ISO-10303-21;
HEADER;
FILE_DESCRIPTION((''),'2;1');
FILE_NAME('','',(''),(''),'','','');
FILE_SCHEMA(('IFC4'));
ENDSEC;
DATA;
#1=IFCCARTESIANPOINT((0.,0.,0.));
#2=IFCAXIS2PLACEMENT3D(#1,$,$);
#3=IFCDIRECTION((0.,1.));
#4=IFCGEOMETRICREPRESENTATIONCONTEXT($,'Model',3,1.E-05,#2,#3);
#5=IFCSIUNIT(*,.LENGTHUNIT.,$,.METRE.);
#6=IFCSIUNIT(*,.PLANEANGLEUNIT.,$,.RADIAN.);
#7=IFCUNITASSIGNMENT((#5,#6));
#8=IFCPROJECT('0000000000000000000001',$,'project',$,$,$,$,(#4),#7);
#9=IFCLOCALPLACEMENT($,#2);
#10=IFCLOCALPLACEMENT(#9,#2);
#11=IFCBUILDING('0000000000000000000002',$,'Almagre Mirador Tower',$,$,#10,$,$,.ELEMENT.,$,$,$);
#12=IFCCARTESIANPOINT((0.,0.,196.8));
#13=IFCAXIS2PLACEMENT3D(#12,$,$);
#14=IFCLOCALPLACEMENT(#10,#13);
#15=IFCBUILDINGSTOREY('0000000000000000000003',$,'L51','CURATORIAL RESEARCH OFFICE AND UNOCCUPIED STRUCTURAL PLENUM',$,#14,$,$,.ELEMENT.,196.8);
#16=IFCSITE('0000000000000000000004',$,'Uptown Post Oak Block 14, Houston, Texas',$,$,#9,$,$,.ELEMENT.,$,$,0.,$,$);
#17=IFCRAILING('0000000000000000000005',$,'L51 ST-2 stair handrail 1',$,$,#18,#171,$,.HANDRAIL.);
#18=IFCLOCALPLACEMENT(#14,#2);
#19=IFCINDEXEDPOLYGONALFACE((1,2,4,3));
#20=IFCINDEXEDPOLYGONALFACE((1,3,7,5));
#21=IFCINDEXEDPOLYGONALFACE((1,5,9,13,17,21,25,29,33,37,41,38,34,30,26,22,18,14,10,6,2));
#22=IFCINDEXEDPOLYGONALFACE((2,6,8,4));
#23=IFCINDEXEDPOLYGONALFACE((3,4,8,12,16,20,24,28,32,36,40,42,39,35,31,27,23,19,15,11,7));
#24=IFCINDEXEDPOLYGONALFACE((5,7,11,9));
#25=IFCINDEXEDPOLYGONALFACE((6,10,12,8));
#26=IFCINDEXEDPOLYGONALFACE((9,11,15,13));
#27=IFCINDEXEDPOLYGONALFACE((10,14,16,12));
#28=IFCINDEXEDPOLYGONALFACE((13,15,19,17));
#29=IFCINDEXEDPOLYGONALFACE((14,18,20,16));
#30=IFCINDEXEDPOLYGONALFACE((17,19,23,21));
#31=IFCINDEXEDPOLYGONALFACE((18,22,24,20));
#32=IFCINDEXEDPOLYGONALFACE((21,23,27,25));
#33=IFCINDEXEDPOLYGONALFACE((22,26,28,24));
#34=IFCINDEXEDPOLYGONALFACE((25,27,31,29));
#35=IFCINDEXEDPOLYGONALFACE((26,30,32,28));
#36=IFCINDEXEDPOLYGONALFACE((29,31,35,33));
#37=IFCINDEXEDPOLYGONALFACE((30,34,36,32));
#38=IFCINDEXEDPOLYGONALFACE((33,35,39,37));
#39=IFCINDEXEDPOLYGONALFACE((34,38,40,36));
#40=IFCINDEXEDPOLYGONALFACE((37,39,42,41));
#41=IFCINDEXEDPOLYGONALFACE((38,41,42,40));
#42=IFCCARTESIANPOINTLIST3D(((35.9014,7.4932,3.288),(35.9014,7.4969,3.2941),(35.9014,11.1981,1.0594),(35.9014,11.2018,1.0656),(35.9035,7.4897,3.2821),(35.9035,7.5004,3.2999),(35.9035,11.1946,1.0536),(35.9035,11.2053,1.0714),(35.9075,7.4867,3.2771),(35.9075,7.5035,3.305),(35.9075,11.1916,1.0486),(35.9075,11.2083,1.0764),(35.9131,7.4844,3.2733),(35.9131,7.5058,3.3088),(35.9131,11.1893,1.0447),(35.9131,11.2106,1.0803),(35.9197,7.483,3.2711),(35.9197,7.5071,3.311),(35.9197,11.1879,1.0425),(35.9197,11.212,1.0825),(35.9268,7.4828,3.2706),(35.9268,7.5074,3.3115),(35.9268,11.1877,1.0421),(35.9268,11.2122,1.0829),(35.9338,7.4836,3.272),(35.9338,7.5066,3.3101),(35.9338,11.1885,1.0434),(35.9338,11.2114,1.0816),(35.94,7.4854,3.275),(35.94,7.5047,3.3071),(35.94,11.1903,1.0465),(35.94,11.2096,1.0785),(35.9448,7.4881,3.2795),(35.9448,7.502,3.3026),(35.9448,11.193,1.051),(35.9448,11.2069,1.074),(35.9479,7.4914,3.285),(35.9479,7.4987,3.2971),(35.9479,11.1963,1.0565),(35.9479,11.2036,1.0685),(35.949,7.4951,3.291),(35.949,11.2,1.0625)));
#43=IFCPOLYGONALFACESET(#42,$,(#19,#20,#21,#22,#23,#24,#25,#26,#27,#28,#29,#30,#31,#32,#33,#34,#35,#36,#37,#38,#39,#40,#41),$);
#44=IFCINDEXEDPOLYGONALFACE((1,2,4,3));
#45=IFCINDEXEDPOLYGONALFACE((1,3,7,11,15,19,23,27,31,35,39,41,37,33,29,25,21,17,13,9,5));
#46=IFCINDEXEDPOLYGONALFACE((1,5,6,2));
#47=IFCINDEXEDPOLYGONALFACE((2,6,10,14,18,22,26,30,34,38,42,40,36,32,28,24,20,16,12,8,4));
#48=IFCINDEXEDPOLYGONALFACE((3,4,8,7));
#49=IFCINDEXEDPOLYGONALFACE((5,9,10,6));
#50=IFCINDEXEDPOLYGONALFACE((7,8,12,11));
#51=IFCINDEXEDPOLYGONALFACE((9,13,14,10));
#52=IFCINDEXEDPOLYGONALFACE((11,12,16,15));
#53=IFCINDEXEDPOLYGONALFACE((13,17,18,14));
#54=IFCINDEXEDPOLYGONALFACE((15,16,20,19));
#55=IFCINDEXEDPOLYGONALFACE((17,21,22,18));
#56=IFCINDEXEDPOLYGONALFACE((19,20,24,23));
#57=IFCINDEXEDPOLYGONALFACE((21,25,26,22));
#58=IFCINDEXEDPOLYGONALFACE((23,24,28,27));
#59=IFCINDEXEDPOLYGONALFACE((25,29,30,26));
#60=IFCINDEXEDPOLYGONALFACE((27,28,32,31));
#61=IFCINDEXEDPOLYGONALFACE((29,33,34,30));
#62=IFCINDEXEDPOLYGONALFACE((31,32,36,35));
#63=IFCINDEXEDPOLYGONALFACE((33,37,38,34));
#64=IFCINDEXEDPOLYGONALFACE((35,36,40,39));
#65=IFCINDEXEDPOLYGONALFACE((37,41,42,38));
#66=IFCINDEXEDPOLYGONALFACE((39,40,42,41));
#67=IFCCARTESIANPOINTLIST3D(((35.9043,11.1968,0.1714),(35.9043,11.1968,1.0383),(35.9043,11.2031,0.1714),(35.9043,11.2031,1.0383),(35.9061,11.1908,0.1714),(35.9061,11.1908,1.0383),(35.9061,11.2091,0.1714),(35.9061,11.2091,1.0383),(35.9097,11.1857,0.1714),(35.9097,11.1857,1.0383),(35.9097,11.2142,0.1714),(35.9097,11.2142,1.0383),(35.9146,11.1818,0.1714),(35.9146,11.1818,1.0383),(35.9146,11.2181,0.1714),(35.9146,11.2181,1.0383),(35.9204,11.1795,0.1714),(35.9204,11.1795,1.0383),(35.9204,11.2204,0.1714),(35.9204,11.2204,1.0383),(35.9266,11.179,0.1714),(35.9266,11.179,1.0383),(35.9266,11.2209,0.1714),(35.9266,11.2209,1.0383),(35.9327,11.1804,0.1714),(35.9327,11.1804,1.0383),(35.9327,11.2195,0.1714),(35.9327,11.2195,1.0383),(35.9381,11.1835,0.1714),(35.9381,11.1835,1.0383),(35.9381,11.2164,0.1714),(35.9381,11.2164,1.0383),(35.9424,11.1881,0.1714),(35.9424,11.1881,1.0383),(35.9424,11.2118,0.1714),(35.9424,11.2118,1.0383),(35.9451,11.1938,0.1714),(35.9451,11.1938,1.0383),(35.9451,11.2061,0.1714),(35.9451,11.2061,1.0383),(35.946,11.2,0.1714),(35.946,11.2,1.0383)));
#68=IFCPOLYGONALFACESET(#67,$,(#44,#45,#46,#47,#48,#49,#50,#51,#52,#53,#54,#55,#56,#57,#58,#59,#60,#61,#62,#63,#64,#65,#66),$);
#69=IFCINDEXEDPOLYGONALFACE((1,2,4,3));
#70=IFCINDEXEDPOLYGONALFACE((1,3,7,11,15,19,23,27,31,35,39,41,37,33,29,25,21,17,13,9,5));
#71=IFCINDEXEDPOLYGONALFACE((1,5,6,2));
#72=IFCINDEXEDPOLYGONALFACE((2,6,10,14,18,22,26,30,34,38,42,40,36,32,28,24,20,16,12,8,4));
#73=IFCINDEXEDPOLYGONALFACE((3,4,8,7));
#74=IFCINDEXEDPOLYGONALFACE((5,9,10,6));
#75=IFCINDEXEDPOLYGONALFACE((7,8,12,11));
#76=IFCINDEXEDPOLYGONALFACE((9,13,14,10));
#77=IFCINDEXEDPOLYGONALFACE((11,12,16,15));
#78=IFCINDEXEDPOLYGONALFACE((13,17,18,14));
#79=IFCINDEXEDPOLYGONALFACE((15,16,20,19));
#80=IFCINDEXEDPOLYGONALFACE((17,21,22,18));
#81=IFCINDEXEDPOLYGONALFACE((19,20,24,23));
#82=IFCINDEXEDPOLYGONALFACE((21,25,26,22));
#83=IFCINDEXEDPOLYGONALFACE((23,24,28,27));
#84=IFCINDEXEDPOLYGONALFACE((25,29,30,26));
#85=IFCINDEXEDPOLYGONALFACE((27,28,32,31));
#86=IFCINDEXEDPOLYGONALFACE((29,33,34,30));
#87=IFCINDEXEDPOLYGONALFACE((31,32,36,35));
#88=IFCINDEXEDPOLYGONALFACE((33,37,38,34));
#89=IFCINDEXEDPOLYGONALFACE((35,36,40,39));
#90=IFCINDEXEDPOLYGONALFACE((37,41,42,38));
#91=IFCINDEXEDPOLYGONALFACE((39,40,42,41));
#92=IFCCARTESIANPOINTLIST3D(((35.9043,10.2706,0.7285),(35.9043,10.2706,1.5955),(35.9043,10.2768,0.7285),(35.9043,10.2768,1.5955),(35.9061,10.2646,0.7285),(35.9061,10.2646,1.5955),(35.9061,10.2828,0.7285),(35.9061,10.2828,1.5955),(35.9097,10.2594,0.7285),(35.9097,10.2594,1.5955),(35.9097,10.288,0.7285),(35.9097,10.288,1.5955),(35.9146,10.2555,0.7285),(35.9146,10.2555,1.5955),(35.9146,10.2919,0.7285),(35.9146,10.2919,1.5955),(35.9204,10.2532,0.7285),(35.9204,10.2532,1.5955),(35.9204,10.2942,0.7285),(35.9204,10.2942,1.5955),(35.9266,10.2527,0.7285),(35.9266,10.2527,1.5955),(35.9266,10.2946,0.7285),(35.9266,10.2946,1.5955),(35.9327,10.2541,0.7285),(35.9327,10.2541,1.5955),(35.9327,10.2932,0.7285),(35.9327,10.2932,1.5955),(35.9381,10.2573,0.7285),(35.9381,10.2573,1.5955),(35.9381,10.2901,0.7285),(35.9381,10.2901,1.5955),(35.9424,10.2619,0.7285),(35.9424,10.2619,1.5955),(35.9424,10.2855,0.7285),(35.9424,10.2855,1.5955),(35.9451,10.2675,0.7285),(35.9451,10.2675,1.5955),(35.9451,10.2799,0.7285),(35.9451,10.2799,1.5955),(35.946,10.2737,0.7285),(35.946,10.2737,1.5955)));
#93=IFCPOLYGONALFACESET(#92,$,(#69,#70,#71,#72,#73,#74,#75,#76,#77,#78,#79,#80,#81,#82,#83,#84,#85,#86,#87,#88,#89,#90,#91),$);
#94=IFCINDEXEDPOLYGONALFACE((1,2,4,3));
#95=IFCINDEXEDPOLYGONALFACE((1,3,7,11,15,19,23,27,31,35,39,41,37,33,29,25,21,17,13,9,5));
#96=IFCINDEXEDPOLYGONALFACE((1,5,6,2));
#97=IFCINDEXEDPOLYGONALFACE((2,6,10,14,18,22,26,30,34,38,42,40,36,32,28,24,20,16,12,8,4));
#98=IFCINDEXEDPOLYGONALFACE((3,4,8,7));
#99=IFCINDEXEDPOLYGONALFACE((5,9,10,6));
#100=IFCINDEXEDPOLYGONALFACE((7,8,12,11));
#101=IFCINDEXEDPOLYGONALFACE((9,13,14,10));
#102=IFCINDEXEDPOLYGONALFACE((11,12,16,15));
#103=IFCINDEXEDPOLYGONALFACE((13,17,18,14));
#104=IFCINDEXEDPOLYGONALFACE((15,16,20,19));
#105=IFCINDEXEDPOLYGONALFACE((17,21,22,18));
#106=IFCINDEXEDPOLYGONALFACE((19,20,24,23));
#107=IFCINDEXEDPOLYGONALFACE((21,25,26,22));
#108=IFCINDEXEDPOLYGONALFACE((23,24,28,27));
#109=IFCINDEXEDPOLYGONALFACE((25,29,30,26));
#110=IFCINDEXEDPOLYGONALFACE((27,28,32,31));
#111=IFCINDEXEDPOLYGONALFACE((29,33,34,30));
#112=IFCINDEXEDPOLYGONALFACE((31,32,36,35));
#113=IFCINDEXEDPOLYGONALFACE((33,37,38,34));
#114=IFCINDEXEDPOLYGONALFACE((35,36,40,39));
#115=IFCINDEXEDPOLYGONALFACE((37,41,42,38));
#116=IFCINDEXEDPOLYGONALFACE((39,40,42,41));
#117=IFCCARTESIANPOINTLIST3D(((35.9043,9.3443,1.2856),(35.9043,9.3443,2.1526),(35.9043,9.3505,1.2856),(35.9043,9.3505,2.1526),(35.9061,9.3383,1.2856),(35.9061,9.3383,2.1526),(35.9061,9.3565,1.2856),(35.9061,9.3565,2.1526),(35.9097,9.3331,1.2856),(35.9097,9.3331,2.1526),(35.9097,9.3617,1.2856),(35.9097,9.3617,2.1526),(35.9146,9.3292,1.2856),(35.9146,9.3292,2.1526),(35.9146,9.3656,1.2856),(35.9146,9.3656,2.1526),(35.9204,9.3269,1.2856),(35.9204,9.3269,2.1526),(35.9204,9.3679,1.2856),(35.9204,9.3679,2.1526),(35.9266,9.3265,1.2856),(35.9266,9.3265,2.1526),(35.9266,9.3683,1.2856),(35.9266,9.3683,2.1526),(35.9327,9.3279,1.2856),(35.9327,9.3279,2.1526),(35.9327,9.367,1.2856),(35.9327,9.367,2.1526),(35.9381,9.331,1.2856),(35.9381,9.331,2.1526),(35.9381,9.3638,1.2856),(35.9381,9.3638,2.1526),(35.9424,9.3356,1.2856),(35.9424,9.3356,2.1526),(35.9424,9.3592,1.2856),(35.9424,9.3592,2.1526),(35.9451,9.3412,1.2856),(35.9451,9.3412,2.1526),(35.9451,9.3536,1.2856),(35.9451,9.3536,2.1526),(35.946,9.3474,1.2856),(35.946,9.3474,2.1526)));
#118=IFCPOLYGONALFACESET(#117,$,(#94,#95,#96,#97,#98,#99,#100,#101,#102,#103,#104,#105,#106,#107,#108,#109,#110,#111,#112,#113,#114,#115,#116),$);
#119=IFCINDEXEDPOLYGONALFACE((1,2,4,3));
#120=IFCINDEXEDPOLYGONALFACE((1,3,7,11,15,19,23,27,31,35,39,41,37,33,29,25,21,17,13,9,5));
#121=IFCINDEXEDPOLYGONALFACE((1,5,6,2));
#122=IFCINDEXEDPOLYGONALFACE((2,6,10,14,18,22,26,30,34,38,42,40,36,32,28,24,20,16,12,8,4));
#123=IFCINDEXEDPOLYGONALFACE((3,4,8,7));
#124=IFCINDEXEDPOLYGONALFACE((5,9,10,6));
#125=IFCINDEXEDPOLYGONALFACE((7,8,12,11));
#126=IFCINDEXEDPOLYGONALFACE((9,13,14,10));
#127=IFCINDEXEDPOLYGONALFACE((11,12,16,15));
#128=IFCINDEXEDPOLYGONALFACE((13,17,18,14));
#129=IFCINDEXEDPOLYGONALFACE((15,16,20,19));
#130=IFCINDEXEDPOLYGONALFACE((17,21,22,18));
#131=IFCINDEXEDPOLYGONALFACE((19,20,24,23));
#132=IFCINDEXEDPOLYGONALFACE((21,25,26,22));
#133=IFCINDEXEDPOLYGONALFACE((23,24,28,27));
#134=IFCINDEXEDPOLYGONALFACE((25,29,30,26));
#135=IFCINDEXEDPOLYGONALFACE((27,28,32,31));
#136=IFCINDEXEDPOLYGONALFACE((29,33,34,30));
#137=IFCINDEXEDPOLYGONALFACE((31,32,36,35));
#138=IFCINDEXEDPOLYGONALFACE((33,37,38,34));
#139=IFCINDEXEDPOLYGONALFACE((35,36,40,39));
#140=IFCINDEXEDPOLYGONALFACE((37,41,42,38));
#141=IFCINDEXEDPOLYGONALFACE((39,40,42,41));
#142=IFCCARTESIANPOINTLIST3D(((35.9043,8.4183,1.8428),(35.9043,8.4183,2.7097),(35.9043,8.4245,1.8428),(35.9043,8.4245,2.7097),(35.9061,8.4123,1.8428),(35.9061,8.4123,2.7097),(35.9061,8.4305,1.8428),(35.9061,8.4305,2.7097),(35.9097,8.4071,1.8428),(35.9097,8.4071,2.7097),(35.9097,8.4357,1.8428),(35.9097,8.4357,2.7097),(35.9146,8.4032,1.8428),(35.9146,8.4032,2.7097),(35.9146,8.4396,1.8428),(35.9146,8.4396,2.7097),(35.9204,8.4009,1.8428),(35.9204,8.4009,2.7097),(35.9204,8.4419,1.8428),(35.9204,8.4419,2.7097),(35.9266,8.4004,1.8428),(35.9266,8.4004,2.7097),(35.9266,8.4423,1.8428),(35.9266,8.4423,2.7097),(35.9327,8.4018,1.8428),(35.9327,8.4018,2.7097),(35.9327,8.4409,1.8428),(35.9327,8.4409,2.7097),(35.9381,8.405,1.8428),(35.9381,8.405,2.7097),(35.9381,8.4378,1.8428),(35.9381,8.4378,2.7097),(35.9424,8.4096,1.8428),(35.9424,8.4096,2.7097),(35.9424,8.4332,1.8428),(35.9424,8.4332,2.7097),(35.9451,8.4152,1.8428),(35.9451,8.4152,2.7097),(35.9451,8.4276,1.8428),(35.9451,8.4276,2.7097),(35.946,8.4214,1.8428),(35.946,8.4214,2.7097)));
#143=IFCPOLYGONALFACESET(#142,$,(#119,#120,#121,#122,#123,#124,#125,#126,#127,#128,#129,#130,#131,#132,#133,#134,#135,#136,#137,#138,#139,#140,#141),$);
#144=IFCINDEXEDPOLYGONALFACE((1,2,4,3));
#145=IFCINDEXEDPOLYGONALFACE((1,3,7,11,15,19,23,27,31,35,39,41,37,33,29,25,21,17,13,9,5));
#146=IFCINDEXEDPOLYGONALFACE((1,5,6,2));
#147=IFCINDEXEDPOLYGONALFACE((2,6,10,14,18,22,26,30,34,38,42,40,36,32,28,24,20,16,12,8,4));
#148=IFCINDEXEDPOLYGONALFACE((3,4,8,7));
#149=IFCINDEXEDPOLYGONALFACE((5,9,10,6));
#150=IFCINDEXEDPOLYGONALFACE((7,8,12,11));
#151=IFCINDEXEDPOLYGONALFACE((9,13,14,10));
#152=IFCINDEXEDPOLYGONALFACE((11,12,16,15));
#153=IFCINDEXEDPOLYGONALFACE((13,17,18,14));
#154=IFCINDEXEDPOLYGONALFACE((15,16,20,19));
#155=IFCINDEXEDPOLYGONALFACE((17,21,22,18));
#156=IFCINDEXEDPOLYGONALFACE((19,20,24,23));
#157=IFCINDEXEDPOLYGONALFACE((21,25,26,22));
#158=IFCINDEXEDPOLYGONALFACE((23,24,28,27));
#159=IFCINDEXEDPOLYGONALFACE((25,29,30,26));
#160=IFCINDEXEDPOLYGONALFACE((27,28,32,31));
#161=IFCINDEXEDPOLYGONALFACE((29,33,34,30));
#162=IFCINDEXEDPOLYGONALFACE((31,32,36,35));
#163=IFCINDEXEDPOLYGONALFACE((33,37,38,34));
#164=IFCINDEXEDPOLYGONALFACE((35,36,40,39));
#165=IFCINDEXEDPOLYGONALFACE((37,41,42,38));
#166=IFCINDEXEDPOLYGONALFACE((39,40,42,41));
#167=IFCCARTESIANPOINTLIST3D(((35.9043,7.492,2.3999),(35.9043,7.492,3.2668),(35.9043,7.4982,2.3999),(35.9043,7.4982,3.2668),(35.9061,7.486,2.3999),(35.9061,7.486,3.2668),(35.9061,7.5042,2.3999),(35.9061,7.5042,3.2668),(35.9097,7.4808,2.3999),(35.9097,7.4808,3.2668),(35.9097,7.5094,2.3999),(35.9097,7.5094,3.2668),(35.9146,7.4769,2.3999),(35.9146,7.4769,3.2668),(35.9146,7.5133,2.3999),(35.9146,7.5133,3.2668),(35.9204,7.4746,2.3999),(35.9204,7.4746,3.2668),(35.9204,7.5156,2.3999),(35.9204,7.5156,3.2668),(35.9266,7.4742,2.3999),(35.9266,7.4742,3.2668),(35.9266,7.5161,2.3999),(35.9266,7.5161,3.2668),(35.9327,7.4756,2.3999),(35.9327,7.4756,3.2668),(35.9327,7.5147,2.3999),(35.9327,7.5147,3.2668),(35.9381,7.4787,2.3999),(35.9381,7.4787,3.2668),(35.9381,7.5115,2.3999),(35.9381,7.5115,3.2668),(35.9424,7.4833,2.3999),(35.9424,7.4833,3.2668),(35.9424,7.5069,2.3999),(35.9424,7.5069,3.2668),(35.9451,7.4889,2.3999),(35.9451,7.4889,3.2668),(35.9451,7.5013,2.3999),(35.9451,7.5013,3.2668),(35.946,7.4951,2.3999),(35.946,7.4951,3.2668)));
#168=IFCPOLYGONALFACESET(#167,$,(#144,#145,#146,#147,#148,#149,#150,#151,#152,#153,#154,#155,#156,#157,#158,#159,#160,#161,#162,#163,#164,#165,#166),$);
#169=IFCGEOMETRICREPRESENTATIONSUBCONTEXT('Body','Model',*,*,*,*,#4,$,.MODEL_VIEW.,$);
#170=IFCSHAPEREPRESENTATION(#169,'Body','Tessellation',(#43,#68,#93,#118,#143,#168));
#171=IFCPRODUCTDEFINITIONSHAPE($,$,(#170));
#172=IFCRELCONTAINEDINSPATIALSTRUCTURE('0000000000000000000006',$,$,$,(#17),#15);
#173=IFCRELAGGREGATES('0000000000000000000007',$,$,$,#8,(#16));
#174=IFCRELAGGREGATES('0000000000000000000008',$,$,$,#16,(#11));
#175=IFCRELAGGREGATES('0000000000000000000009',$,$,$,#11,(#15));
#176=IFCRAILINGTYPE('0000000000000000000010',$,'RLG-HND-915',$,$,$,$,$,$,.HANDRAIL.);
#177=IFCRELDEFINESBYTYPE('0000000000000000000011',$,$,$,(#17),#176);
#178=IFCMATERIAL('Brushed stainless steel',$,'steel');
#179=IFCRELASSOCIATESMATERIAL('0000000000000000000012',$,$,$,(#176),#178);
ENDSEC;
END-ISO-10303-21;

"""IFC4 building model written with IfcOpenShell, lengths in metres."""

from ifc_helpers import new_model, si_unit, direction, frame, origin, origin_2d, place, context, subcontext, project, spatial, circle, extrude, material, type_object, element, save


model = new_model("IFC4")

# Units and contexts
model_context = context("Model", 3, precision=1e-05, world=origin(), true_north=direction((0.0, 1.0)))
body_context = subcontext(model_context, "Body", "Model", "MODEL_VIEW")
ifc_project = project(units=[si_unit("LENGTHUNIT", "METRE"), si_unit("PLANEANGLEUNIT", "RADIAN")], contexts=[model_context])

# Site, building, storey
site_placement = place(None, origin())
site = spatial("IfcSite", under=ifc_project, at=site_placement, Name="Uptown Post Oak Block 14, Houston, Texas", CompositionType="ELEMENT", RefElevation=0.0)
building_placement = place(site_placement, origin())
building = spatial("IfcBuilding", under=site, at=building_placement, Name="Almagre Mirador Tower", CompositionType="ELEMENT")
storey_placement = place(building_placement, frame((0.0, 0.0, 196.8)))
storey = spatial("IfcBuildingStorey", under=building, at=storey_placement, Name="L51", Description="CURATORIAL RESEARCH OFFICE AND UNOCCUPIED STRUCTURAL PLENUM", CompositionType="ELEMENT", Elevation=196.8)

# Railing
ifc_material_1 = material(Name="Brushed stainless steel", Category="steel")
railing_type_1 = type_object("IfcRailingType", Name="RLG-HND-915", PredefinedType="HANDRAIL", material=ifc_material_1)
for number, where, name in (
    (1, (35.925, 11.2, 0.1714), "L51 ST-2 stair handrail 1"),
):
    element("IfcRailing", number, at=place(storey_placement, frame(where)), inside=storey, type_object=railing_type_1, Name=name, PredefinedType="HANDRAIL", context=body_context, shape_type="SweptSolid", body=[
        extrude(circle(Radius=0.0239, at=origin_2d()), frame((0.0, 0.0, 0.8911), z_axis=(0.0, -0.856919, 0.51545), x_axis=(1.0, 0.0, 0.0)), (0.0, 0.0, 1.0), 4.3235),
        extrude(circle(Radius=0.021, at=origin_2d()), origin(), (0.0, 0.0, 1.0), 0.8669),
        extrude(circle(Radius=0.021, at=origin_2d()), frame((0.0, -0.9263, 0.5571)), (0.0, 0.0, 1.0), 0.8669),
        extrude(circle(Radius=0.021, at=origin_2d()), frame((0.0, -1.8525, 1.1143)), (0.0, 0.0, 1.0), 0.8669),
        extrude(circle(Radius=0.021, at=origin_2d()), frame((0.0, -2.7786, 1.6714)), (0.0, 0.0, 1.0), 0.8669),
        extrude(circle(Radius=0.021, at=origin_2d()), frame((0.0, -3.7048, 2.2285)), (0.0, 0.0, 1.0), 0.8669),
    ])

save(model, "model.ifc")
